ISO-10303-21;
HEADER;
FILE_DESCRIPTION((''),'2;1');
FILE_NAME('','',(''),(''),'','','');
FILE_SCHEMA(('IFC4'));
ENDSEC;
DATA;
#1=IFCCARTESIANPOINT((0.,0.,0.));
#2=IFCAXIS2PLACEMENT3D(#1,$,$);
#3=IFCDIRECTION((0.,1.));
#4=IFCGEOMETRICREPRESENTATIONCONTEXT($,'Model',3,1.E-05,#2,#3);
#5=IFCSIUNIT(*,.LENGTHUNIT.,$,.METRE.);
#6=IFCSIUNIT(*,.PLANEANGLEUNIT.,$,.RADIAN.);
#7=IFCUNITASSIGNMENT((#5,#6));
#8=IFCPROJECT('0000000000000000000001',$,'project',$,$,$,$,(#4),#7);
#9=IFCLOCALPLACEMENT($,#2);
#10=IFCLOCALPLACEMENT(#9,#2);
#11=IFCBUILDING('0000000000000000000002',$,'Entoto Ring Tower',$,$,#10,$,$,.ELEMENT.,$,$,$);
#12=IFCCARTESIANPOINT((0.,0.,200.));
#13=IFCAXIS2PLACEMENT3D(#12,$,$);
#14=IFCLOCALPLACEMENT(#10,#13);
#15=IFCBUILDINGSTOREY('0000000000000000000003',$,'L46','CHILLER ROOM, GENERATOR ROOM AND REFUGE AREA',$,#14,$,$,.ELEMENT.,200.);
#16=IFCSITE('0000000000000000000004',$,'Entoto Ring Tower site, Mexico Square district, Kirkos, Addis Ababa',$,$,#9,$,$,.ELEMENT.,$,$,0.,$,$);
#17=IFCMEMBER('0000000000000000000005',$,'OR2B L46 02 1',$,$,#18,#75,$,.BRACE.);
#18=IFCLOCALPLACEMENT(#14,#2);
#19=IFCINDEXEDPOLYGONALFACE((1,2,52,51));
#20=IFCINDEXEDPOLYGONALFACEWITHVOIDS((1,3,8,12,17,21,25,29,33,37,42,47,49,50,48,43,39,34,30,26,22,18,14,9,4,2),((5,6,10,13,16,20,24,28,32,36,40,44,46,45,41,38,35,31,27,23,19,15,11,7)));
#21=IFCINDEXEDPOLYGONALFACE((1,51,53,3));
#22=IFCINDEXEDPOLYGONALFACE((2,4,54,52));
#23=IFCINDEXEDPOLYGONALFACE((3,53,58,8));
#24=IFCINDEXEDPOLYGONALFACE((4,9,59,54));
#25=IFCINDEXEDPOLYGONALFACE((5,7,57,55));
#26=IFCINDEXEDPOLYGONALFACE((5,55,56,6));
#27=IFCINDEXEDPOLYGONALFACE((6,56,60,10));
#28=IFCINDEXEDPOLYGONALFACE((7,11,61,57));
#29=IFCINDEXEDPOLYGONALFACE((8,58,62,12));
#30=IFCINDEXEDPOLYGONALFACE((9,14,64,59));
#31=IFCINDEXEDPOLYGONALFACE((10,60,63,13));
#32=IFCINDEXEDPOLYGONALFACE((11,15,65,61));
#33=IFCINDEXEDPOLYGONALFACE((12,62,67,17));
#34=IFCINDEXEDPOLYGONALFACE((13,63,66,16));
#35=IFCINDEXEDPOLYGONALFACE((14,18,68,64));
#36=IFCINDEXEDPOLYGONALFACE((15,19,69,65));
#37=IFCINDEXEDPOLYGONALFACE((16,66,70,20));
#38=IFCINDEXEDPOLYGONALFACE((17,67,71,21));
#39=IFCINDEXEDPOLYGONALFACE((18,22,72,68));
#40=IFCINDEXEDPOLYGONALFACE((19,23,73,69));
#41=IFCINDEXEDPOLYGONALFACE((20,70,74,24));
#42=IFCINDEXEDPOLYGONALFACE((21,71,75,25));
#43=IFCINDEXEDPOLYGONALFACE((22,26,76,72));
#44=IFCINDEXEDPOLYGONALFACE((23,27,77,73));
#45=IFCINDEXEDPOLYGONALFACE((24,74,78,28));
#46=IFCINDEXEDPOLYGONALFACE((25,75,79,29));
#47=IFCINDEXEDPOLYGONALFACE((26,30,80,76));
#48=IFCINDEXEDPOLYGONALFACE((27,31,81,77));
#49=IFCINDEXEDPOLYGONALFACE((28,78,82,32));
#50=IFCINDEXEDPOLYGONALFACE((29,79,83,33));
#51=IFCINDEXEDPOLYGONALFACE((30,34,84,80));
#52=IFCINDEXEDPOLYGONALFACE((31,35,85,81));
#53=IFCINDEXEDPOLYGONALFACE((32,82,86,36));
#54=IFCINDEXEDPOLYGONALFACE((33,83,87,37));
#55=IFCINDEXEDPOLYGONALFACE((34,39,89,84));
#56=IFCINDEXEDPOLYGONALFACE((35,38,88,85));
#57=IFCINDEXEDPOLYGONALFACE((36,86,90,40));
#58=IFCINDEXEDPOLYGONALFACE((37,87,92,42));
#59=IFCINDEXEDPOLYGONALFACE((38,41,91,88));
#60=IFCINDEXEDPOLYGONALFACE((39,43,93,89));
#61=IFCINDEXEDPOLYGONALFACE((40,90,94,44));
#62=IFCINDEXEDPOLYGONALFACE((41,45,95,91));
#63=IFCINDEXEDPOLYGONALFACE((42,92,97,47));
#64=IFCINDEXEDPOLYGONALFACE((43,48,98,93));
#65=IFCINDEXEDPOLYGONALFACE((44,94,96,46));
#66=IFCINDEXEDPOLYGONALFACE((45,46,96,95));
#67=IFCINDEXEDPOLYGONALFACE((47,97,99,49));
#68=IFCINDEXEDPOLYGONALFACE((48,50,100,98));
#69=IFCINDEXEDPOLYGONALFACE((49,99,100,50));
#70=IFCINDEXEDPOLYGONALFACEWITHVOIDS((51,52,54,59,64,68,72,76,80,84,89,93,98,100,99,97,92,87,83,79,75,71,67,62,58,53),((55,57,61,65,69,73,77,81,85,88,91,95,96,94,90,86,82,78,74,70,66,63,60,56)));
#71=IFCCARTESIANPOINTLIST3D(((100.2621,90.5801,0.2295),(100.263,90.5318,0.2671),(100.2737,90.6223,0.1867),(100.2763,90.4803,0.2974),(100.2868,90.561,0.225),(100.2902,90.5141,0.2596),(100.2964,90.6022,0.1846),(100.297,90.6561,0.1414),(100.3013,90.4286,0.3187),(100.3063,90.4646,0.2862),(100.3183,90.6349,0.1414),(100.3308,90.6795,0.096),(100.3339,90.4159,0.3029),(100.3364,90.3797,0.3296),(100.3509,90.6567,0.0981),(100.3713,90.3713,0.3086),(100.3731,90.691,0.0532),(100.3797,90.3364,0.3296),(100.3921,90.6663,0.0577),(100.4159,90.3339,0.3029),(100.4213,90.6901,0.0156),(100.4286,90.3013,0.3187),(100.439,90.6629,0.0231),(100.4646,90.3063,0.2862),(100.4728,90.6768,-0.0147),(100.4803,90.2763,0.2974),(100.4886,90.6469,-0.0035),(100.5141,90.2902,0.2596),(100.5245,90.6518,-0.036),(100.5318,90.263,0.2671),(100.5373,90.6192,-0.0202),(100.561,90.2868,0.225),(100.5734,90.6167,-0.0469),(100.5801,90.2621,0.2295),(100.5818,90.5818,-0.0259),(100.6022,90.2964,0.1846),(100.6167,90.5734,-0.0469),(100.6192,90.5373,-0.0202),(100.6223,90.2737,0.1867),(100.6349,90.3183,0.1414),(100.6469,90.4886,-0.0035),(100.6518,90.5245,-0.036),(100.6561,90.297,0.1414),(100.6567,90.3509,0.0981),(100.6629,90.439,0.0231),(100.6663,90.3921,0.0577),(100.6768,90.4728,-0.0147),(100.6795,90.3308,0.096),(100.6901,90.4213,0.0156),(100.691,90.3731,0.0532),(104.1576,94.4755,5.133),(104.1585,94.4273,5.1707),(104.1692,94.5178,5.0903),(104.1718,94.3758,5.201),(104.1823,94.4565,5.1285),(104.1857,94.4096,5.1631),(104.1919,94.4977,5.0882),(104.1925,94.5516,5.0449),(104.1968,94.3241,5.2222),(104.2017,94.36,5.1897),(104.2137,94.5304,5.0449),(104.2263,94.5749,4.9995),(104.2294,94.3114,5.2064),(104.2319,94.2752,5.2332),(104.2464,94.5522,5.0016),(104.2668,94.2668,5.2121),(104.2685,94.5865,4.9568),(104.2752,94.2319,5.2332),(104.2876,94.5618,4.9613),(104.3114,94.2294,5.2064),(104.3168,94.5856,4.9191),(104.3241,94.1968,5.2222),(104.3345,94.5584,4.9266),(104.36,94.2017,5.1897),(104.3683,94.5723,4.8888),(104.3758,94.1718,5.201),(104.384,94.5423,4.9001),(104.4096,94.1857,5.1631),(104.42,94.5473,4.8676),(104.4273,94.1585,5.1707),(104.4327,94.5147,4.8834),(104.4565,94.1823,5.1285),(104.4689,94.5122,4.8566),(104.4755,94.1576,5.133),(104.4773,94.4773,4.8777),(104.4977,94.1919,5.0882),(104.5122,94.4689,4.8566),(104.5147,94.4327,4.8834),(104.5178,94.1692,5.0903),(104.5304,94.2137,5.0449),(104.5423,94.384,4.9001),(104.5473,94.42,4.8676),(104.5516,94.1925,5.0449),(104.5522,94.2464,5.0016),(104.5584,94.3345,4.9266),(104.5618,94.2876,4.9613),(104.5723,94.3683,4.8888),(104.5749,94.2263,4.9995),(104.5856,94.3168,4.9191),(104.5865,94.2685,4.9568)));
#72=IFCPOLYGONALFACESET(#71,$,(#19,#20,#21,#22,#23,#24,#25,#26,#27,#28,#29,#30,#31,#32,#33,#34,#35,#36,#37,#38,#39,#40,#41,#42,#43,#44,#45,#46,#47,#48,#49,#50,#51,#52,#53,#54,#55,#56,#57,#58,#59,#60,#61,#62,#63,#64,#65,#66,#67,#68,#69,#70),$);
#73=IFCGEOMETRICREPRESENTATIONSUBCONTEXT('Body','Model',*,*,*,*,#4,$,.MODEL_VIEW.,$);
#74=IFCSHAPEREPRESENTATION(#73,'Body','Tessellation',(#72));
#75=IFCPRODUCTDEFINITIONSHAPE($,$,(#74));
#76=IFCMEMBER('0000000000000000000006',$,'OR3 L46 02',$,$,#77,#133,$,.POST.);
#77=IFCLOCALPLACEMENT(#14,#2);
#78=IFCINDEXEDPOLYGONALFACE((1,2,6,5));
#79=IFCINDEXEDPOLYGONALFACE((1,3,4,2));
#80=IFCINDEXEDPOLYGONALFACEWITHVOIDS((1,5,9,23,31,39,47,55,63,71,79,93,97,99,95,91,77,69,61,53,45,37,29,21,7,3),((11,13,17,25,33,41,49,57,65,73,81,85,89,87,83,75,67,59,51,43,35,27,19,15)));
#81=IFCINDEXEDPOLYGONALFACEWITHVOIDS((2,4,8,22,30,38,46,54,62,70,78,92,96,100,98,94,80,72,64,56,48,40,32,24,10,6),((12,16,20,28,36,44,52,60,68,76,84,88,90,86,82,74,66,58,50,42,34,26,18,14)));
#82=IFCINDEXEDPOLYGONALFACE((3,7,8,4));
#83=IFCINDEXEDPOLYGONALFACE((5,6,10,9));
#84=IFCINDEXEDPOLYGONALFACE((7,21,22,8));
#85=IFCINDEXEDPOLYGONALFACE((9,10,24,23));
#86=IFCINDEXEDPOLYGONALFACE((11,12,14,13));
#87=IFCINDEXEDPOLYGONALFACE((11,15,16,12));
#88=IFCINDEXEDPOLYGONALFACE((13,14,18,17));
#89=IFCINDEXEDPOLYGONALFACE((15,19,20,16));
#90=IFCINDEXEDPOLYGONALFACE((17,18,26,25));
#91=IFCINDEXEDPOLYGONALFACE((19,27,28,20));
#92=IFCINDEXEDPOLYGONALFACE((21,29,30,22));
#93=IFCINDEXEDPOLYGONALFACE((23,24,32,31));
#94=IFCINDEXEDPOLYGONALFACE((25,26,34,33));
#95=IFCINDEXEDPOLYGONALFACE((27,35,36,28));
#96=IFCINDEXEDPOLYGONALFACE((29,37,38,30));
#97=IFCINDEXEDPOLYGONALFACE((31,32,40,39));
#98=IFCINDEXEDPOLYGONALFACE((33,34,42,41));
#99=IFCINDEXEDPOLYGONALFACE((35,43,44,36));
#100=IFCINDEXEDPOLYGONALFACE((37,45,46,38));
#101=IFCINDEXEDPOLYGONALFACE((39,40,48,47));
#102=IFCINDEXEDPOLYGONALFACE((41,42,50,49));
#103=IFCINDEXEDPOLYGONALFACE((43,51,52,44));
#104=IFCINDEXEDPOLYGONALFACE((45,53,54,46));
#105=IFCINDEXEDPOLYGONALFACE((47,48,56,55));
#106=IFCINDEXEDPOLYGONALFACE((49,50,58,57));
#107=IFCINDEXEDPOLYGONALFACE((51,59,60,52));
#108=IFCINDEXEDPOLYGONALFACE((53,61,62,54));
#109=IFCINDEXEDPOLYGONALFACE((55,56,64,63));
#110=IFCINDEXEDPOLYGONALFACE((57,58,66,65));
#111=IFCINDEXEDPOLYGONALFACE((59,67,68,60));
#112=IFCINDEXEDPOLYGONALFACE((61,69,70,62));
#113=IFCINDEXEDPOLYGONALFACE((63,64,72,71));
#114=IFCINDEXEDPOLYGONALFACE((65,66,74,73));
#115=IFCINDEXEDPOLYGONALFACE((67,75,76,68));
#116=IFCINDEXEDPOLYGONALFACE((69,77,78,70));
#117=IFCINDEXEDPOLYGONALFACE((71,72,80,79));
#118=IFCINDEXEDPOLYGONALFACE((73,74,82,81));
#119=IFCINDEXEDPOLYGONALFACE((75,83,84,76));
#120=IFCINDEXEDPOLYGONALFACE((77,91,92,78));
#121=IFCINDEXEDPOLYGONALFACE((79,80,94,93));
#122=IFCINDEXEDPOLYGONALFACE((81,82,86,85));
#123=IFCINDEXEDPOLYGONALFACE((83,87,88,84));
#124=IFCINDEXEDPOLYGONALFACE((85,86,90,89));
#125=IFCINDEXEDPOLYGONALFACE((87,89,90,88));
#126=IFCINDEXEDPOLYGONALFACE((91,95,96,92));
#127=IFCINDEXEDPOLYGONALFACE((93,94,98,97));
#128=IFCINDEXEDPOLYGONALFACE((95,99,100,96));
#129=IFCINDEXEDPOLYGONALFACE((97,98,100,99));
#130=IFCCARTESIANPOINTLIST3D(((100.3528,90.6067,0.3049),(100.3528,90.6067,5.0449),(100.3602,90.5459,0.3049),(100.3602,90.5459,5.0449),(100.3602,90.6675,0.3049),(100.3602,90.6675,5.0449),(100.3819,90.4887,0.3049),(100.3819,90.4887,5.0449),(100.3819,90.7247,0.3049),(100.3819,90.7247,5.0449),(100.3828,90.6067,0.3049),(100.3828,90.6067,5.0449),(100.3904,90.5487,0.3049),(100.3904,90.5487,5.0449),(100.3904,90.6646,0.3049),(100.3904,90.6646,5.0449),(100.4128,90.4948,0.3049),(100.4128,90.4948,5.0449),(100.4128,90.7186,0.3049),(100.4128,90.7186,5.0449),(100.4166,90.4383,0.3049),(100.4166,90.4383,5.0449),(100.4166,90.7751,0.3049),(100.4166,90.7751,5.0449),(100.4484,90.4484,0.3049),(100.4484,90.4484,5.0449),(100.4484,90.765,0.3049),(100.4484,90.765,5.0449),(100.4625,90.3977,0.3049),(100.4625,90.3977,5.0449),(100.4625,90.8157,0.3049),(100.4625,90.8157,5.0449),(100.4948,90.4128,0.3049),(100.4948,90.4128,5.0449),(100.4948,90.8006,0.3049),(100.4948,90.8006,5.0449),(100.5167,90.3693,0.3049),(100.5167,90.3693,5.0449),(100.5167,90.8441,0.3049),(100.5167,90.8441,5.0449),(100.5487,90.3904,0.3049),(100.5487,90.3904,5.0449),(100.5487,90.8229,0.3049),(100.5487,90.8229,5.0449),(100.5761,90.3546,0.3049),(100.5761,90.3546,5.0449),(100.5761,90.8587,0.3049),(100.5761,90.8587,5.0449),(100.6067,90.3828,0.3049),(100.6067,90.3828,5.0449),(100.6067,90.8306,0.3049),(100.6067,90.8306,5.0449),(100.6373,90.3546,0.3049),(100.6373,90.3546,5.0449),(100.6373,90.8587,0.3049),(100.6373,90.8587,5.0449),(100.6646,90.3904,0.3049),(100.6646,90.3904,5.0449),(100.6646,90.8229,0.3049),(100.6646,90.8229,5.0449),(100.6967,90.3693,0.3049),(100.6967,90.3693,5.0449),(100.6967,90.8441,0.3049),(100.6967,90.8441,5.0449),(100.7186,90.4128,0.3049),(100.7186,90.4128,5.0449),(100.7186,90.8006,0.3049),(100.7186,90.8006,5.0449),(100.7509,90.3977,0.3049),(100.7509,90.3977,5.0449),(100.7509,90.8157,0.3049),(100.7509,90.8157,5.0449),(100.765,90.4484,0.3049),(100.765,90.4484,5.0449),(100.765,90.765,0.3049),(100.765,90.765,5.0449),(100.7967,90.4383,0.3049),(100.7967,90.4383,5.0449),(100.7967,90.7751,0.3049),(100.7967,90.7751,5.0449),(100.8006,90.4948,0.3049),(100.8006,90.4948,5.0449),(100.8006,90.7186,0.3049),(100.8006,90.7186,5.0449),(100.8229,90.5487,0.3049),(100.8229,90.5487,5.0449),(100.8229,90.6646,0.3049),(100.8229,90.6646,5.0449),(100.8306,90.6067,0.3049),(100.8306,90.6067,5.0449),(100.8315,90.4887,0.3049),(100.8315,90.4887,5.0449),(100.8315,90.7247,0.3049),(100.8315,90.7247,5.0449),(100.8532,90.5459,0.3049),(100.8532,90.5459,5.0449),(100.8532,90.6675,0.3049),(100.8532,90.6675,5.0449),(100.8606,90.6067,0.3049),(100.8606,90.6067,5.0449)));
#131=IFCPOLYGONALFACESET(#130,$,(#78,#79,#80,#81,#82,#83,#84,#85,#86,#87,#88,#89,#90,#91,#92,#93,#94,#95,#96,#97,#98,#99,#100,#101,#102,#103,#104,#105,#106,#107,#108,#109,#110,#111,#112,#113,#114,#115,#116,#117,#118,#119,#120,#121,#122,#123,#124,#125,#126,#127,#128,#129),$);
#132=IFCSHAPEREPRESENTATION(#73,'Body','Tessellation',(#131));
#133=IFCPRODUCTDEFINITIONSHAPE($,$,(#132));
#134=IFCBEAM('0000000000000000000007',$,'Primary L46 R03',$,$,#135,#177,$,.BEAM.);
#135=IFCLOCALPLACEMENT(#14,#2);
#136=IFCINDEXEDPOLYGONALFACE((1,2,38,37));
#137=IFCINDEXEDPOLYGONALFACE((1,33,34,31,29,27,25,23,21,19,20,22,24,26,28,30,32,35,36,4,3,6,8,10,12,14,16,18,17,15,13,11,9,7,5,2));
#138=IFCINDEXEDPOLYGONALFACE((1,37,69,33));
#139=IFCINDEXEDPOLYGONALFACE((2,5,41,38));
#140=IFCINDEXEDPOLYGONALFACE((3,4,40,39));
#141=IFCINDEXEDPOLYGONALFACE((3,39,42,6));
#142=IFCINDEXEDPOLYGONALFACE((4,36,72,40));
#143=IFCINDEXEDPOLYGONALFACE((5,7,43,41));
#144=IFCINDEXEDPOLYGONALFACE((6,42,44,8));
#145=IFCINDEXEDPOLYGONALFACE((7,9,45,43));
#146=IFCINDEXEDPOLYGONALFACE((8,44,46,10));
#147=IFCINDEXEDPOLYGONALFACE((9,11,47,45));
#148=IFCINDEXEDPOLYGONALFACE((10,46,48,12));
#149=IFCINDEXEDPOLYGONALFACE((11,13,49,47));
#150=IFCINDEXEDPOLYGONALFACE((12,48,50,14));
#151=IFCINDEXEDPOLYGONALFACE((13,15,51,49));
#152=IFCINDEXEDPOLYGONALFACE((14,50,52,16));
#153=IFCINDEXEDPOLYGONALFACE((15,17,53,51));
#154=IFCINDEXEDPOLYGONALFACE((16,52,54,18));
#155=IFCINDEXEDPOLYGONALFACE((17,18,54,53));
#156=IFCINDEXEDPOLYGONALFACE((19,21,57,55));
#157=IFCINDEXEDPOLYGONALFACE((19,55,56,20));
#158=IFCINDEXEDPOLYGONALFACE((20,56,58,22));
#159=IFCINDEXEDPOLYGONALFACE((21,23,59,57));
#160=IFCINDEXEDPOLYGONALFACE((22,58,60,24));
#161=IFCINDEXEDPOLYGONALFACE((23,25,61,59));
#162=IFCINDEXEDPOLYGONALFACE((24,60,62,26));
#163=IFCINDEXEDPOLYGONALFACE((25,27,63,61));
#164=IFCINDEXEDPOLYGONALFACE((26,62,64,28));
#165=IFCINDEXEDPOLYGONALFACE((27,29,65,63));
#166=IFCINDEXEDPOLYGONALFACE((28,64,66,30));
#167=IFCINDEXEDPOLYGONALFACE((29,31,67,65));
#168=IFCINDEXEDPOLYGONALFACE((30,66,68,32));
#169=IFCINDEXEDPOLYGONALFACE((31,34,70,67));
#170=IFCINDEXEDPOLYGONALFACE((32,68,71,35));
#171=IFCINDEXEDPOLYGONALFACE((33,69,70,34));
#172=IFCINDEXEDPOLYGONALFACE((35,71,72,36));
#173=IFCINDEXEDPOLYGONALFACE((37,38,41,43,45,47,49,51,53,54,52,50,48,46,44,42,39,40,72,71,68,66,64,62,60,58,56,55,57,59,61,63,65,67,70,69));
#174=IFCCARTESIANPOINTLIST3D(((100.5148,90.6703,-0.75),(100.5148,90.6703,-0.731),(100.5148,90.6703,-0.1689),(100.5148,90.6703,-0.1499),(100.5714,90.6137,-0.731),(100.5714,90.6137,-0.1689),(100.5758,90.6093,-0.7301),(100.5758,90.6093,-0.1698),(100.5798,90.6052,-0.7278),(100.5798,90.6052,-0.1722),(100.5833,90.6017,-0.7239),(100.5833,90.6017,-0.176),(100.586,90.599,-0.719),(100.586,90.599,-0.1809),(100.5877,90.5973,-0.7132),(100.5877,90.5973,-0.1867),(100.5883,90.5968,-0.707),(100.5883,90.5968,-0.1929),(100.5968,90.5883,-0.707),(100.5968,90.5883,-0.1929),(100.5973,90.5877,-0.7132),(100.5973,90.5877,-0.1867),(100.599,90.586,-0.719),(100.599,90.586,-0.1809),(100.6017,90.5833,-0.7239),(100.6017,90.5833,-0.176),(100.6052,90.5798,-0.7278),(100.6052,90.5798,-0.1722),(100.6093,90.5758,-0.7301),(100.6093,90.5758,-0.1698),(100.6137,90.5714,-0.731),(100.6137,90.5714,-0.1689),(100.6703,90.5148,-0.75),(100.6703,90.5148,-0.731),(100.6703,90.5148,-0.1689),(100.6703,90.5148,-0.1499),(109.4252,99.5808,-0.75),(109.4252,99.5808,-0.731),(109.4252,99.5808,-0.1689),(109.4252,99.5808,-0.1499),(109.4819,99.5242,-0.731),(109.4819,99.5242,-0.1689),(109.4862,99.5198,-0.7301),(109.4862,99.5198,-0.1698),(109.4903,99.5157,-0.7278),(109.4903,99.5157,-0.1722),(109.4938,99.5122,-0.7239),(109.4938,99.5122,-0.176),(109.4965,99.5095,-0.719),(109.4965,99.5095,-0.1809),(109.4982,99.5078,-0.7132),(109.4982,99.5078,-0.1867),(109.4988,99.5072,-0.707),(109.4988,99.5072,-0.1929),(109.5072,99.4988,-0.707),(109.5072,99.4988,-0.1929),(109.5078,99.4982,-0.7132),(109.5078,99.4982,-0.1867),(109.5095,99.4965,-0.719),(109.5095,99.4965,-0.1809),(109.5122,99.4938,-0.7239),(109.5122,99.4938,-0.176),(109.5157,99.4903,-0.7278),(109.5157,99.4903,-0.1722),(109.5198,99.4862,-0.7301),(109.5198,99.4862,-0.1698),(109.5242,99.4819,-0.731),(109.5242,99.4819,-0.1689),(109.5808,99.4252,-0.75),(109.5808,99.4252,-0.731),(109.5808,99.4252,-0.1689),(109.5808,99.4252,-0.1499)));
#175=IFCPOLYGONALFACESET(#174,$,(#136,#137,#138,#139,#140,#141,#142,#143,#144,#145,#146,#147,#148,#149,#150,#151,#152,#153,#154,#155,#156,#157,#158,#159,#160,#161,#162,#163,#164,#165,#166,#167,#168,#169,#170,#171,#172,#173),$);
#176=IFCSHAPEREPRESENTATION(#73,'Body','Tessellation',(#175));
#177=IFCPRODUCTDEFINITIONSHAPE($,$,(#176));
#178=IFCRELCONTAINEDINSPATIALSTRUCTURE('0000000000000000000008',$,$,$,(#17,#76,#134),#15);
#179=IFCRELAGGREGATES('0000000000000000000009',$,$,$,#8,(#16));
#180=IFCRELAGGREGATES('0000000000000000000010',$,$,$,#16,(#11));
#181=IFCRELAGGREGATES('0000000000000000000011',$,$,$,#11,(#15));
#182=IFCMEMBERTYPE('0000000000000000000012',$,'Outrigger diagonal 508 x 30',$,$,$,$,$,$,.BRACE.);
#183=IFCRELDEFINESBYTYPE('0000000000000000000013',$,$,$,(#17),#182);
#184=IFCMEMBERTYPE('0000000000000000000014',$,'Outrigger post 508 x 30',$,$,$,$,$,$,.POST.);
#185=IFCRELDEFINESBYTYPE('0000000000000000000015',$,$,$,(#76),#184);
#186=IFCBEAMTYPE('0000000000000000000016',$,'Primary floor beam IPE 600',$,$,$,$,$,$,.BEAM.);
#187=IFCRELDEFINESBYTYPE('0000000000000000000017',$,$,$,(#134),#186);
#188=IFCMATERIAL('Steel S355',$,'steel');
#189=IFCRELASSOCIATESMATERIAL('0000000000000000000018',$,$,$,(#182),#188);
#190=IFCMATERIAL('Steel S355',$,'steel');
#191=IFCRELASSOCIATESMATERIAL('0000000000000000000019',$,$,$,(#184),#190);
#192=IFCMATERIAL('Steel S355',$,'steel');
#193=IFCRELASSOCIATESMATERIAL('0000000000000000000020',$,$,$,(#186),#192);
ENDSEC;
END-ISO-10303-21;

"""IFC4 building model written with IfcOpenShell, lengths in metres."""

from ifc_helpers import new_model, si_unit, direction, frame, origin, origin_2d, place, context, subcontext, project, spatial, circle, hollow_circle, i_section, extrude, material, material_profile, profile_set, type_object, element, save


model = new_model("IFC4")

# Units and contexts
model_context = context("Model", 3, precision=1e-05, world=origin(), true_north=direction((0.0, 1.0)))
body_context = subcontext(model_context, "Body", "Model", "MODEL_VIEW")
ifc_project = project(units=[si_unit("LENGTHUNIT", "METRE"), si_unit("PLANEANGLEUNIT", "RADIAN")], contexts=[model_context])

# Site, building, storey
site_placement = place(None, origin())
site = spatial("IfcSite", under=ifc_project, at=site_placement, Name="Entoto Ring Tower site, Mexico Square district, Kirkos, Addis Ababa", CompositionType="ELEMENT", RefElevation=0.0)
building_placement = place(site_placement, origin())
building = spatial("IfcBuilding", under=site, at=building_placement, Name="Entoto Ring Tower", CompositionType="ELEMENT")
storey_placement = place(building_placement, frame((0.0, 0.0, 200.0)))
storey = spatial("IfcBuildingStorey", under=building, at=storey_placement, Name="L46", Description="CHILLER ROOM, GENERATOR ROOM AND REFUGE AREA", CompositionType="ELEMENT", Elevation=200.0)

# Members
ifc_material_1 = material(Name="Steel S355", Category="steel")
ifc_material_profile_1 = material_profile(ifc_material_1, hollow_circle(Radius=0.2539, WallThickness=0.03, at=origin_2d()), Name="CHS 508 x 30")
ifc_material_2 = material(Name="Concrete C60/75", Category="concrete")
ifc_material_profile_2 = material_profile(ifc_material_2, circle(Radius=0.2241, at=origin_2d()), Name="Concrete C60/75 infill")
ifc_profile_set_1 = profile_set([ifc_material_profile_1, ifc_material_profile_2], Name="Steel S355")
member_type_1 = type_object("IfcMemberType", Name="Outrigger diagonal 508 x 30", PredefinedType="BRACE", material=ifc_profile_set_1)
member_1_placement = place(storey_placement, frame((100.4766, 90.4766, 0.1414), z_axis=(0.528184, 0.528184, 0.664864), x_axis=(-0.707107, 0.707107, 0.0)))
element("IfcMember", 1, at=member_1_placement, inside=storey, type_object=member_type_1, Name="OR2B L46 02 1", PredefinedType="BRACE", context=body_context, shape_type="SweptSolid", body=[
    extrude(hollow_circle(Radius=0.2539, WallThickness=0.03, at=origin_2d()), origin(), (0.0, 0.0, 1.0), 7.3752),
])
ifc_material_3 = material(Name="Steel S355", Category="steel")
ifc_material_profile_3 = material_profile(ifc_material_3, hollow_circle(Radius=0.2539, WallThickness=0.03, at=origin_2d()), Name="CHS 508 x 30")
ifc_material_4 = material(Name="Concrete C60/75", Category="concrete")
ifc_material_profile_4 = material_profile(ifc_material_4, circle(Radius=0.2241, at=origin_2d()), Name="Concrete C60/75 infill")
ifc_profile_set_2 = profile_set([ifc_material_profile_3, ifc_material_profile_4], Name="Steel S355")
member_type_2 = type_object("IfcMemberType", Name="Outrigger post 508 x 30", PredefinedType="POST", material=ifc_profile_set_2)
member_2_placement = place(storey_placement, frame((100.6067, 90.6067, 0.3049), z_axis=(0.0, 0.0, 1.0), x_axis=(1.0, 0.0, 0.0)))
element("IfcMember", 2, at=member_2_placement, inside=storey, type_object=member_type_2, Name="OR3 L46 02", PredefinedType="POST", context=body_context, shape_type="SweptSolid", body=[
    extrude(hollow_circle(Radius=0.2539, WallThickness=0.03, at=origin_2d()), origin(), (0.0, 0.0, 1.0), 4.74),
])

# Beam
ifc_material_5 = material(Name="Steel S355", Category="steel")
ifc_material_profile_5 = material_profile(ifc_material_5, i_section(OverallWidth=0.22, OverallDepth=0.6001, WebThickness=0.012, FlangeThickness=0.019, FilletRadius=0.0239, at=origin_2d()), Name="IPE 600")
ifc_profile_set_3 = profile_set([ifc_material_profile_5], Name="Steel S355")
beam_type_1 = type_object("IfcBeamType", Name="Primary floor beam IPE 600", PredefinedType="BEAM", material=ifc_profile_set_3)
beam_placement = place(storey_placement, frame((100.5925, 90.5925, -0.45), z_axis=(0.707107, 0.707107, 0.0), x_axis=(-0.707107, 0.707107, 0.0)))
element("IfcBeam", 3, at=beam_placement, inside=storey, type_object=beam_type_1, Name="Primary L46 R03", PredefinedType="BEAM", context=body_context, shape_type="SweptSolid", body=[
    extrude(i_section(OverallWidth=0.22, OverallDepth=0.6001, WebThickness=0.012, FlangeThickness=0.019, FilletRadius=0.0239, at=origin_2d()), origin(), (0.0, 0.0, 1.0), 12.6013),
])

save(model, "model.ifc")
